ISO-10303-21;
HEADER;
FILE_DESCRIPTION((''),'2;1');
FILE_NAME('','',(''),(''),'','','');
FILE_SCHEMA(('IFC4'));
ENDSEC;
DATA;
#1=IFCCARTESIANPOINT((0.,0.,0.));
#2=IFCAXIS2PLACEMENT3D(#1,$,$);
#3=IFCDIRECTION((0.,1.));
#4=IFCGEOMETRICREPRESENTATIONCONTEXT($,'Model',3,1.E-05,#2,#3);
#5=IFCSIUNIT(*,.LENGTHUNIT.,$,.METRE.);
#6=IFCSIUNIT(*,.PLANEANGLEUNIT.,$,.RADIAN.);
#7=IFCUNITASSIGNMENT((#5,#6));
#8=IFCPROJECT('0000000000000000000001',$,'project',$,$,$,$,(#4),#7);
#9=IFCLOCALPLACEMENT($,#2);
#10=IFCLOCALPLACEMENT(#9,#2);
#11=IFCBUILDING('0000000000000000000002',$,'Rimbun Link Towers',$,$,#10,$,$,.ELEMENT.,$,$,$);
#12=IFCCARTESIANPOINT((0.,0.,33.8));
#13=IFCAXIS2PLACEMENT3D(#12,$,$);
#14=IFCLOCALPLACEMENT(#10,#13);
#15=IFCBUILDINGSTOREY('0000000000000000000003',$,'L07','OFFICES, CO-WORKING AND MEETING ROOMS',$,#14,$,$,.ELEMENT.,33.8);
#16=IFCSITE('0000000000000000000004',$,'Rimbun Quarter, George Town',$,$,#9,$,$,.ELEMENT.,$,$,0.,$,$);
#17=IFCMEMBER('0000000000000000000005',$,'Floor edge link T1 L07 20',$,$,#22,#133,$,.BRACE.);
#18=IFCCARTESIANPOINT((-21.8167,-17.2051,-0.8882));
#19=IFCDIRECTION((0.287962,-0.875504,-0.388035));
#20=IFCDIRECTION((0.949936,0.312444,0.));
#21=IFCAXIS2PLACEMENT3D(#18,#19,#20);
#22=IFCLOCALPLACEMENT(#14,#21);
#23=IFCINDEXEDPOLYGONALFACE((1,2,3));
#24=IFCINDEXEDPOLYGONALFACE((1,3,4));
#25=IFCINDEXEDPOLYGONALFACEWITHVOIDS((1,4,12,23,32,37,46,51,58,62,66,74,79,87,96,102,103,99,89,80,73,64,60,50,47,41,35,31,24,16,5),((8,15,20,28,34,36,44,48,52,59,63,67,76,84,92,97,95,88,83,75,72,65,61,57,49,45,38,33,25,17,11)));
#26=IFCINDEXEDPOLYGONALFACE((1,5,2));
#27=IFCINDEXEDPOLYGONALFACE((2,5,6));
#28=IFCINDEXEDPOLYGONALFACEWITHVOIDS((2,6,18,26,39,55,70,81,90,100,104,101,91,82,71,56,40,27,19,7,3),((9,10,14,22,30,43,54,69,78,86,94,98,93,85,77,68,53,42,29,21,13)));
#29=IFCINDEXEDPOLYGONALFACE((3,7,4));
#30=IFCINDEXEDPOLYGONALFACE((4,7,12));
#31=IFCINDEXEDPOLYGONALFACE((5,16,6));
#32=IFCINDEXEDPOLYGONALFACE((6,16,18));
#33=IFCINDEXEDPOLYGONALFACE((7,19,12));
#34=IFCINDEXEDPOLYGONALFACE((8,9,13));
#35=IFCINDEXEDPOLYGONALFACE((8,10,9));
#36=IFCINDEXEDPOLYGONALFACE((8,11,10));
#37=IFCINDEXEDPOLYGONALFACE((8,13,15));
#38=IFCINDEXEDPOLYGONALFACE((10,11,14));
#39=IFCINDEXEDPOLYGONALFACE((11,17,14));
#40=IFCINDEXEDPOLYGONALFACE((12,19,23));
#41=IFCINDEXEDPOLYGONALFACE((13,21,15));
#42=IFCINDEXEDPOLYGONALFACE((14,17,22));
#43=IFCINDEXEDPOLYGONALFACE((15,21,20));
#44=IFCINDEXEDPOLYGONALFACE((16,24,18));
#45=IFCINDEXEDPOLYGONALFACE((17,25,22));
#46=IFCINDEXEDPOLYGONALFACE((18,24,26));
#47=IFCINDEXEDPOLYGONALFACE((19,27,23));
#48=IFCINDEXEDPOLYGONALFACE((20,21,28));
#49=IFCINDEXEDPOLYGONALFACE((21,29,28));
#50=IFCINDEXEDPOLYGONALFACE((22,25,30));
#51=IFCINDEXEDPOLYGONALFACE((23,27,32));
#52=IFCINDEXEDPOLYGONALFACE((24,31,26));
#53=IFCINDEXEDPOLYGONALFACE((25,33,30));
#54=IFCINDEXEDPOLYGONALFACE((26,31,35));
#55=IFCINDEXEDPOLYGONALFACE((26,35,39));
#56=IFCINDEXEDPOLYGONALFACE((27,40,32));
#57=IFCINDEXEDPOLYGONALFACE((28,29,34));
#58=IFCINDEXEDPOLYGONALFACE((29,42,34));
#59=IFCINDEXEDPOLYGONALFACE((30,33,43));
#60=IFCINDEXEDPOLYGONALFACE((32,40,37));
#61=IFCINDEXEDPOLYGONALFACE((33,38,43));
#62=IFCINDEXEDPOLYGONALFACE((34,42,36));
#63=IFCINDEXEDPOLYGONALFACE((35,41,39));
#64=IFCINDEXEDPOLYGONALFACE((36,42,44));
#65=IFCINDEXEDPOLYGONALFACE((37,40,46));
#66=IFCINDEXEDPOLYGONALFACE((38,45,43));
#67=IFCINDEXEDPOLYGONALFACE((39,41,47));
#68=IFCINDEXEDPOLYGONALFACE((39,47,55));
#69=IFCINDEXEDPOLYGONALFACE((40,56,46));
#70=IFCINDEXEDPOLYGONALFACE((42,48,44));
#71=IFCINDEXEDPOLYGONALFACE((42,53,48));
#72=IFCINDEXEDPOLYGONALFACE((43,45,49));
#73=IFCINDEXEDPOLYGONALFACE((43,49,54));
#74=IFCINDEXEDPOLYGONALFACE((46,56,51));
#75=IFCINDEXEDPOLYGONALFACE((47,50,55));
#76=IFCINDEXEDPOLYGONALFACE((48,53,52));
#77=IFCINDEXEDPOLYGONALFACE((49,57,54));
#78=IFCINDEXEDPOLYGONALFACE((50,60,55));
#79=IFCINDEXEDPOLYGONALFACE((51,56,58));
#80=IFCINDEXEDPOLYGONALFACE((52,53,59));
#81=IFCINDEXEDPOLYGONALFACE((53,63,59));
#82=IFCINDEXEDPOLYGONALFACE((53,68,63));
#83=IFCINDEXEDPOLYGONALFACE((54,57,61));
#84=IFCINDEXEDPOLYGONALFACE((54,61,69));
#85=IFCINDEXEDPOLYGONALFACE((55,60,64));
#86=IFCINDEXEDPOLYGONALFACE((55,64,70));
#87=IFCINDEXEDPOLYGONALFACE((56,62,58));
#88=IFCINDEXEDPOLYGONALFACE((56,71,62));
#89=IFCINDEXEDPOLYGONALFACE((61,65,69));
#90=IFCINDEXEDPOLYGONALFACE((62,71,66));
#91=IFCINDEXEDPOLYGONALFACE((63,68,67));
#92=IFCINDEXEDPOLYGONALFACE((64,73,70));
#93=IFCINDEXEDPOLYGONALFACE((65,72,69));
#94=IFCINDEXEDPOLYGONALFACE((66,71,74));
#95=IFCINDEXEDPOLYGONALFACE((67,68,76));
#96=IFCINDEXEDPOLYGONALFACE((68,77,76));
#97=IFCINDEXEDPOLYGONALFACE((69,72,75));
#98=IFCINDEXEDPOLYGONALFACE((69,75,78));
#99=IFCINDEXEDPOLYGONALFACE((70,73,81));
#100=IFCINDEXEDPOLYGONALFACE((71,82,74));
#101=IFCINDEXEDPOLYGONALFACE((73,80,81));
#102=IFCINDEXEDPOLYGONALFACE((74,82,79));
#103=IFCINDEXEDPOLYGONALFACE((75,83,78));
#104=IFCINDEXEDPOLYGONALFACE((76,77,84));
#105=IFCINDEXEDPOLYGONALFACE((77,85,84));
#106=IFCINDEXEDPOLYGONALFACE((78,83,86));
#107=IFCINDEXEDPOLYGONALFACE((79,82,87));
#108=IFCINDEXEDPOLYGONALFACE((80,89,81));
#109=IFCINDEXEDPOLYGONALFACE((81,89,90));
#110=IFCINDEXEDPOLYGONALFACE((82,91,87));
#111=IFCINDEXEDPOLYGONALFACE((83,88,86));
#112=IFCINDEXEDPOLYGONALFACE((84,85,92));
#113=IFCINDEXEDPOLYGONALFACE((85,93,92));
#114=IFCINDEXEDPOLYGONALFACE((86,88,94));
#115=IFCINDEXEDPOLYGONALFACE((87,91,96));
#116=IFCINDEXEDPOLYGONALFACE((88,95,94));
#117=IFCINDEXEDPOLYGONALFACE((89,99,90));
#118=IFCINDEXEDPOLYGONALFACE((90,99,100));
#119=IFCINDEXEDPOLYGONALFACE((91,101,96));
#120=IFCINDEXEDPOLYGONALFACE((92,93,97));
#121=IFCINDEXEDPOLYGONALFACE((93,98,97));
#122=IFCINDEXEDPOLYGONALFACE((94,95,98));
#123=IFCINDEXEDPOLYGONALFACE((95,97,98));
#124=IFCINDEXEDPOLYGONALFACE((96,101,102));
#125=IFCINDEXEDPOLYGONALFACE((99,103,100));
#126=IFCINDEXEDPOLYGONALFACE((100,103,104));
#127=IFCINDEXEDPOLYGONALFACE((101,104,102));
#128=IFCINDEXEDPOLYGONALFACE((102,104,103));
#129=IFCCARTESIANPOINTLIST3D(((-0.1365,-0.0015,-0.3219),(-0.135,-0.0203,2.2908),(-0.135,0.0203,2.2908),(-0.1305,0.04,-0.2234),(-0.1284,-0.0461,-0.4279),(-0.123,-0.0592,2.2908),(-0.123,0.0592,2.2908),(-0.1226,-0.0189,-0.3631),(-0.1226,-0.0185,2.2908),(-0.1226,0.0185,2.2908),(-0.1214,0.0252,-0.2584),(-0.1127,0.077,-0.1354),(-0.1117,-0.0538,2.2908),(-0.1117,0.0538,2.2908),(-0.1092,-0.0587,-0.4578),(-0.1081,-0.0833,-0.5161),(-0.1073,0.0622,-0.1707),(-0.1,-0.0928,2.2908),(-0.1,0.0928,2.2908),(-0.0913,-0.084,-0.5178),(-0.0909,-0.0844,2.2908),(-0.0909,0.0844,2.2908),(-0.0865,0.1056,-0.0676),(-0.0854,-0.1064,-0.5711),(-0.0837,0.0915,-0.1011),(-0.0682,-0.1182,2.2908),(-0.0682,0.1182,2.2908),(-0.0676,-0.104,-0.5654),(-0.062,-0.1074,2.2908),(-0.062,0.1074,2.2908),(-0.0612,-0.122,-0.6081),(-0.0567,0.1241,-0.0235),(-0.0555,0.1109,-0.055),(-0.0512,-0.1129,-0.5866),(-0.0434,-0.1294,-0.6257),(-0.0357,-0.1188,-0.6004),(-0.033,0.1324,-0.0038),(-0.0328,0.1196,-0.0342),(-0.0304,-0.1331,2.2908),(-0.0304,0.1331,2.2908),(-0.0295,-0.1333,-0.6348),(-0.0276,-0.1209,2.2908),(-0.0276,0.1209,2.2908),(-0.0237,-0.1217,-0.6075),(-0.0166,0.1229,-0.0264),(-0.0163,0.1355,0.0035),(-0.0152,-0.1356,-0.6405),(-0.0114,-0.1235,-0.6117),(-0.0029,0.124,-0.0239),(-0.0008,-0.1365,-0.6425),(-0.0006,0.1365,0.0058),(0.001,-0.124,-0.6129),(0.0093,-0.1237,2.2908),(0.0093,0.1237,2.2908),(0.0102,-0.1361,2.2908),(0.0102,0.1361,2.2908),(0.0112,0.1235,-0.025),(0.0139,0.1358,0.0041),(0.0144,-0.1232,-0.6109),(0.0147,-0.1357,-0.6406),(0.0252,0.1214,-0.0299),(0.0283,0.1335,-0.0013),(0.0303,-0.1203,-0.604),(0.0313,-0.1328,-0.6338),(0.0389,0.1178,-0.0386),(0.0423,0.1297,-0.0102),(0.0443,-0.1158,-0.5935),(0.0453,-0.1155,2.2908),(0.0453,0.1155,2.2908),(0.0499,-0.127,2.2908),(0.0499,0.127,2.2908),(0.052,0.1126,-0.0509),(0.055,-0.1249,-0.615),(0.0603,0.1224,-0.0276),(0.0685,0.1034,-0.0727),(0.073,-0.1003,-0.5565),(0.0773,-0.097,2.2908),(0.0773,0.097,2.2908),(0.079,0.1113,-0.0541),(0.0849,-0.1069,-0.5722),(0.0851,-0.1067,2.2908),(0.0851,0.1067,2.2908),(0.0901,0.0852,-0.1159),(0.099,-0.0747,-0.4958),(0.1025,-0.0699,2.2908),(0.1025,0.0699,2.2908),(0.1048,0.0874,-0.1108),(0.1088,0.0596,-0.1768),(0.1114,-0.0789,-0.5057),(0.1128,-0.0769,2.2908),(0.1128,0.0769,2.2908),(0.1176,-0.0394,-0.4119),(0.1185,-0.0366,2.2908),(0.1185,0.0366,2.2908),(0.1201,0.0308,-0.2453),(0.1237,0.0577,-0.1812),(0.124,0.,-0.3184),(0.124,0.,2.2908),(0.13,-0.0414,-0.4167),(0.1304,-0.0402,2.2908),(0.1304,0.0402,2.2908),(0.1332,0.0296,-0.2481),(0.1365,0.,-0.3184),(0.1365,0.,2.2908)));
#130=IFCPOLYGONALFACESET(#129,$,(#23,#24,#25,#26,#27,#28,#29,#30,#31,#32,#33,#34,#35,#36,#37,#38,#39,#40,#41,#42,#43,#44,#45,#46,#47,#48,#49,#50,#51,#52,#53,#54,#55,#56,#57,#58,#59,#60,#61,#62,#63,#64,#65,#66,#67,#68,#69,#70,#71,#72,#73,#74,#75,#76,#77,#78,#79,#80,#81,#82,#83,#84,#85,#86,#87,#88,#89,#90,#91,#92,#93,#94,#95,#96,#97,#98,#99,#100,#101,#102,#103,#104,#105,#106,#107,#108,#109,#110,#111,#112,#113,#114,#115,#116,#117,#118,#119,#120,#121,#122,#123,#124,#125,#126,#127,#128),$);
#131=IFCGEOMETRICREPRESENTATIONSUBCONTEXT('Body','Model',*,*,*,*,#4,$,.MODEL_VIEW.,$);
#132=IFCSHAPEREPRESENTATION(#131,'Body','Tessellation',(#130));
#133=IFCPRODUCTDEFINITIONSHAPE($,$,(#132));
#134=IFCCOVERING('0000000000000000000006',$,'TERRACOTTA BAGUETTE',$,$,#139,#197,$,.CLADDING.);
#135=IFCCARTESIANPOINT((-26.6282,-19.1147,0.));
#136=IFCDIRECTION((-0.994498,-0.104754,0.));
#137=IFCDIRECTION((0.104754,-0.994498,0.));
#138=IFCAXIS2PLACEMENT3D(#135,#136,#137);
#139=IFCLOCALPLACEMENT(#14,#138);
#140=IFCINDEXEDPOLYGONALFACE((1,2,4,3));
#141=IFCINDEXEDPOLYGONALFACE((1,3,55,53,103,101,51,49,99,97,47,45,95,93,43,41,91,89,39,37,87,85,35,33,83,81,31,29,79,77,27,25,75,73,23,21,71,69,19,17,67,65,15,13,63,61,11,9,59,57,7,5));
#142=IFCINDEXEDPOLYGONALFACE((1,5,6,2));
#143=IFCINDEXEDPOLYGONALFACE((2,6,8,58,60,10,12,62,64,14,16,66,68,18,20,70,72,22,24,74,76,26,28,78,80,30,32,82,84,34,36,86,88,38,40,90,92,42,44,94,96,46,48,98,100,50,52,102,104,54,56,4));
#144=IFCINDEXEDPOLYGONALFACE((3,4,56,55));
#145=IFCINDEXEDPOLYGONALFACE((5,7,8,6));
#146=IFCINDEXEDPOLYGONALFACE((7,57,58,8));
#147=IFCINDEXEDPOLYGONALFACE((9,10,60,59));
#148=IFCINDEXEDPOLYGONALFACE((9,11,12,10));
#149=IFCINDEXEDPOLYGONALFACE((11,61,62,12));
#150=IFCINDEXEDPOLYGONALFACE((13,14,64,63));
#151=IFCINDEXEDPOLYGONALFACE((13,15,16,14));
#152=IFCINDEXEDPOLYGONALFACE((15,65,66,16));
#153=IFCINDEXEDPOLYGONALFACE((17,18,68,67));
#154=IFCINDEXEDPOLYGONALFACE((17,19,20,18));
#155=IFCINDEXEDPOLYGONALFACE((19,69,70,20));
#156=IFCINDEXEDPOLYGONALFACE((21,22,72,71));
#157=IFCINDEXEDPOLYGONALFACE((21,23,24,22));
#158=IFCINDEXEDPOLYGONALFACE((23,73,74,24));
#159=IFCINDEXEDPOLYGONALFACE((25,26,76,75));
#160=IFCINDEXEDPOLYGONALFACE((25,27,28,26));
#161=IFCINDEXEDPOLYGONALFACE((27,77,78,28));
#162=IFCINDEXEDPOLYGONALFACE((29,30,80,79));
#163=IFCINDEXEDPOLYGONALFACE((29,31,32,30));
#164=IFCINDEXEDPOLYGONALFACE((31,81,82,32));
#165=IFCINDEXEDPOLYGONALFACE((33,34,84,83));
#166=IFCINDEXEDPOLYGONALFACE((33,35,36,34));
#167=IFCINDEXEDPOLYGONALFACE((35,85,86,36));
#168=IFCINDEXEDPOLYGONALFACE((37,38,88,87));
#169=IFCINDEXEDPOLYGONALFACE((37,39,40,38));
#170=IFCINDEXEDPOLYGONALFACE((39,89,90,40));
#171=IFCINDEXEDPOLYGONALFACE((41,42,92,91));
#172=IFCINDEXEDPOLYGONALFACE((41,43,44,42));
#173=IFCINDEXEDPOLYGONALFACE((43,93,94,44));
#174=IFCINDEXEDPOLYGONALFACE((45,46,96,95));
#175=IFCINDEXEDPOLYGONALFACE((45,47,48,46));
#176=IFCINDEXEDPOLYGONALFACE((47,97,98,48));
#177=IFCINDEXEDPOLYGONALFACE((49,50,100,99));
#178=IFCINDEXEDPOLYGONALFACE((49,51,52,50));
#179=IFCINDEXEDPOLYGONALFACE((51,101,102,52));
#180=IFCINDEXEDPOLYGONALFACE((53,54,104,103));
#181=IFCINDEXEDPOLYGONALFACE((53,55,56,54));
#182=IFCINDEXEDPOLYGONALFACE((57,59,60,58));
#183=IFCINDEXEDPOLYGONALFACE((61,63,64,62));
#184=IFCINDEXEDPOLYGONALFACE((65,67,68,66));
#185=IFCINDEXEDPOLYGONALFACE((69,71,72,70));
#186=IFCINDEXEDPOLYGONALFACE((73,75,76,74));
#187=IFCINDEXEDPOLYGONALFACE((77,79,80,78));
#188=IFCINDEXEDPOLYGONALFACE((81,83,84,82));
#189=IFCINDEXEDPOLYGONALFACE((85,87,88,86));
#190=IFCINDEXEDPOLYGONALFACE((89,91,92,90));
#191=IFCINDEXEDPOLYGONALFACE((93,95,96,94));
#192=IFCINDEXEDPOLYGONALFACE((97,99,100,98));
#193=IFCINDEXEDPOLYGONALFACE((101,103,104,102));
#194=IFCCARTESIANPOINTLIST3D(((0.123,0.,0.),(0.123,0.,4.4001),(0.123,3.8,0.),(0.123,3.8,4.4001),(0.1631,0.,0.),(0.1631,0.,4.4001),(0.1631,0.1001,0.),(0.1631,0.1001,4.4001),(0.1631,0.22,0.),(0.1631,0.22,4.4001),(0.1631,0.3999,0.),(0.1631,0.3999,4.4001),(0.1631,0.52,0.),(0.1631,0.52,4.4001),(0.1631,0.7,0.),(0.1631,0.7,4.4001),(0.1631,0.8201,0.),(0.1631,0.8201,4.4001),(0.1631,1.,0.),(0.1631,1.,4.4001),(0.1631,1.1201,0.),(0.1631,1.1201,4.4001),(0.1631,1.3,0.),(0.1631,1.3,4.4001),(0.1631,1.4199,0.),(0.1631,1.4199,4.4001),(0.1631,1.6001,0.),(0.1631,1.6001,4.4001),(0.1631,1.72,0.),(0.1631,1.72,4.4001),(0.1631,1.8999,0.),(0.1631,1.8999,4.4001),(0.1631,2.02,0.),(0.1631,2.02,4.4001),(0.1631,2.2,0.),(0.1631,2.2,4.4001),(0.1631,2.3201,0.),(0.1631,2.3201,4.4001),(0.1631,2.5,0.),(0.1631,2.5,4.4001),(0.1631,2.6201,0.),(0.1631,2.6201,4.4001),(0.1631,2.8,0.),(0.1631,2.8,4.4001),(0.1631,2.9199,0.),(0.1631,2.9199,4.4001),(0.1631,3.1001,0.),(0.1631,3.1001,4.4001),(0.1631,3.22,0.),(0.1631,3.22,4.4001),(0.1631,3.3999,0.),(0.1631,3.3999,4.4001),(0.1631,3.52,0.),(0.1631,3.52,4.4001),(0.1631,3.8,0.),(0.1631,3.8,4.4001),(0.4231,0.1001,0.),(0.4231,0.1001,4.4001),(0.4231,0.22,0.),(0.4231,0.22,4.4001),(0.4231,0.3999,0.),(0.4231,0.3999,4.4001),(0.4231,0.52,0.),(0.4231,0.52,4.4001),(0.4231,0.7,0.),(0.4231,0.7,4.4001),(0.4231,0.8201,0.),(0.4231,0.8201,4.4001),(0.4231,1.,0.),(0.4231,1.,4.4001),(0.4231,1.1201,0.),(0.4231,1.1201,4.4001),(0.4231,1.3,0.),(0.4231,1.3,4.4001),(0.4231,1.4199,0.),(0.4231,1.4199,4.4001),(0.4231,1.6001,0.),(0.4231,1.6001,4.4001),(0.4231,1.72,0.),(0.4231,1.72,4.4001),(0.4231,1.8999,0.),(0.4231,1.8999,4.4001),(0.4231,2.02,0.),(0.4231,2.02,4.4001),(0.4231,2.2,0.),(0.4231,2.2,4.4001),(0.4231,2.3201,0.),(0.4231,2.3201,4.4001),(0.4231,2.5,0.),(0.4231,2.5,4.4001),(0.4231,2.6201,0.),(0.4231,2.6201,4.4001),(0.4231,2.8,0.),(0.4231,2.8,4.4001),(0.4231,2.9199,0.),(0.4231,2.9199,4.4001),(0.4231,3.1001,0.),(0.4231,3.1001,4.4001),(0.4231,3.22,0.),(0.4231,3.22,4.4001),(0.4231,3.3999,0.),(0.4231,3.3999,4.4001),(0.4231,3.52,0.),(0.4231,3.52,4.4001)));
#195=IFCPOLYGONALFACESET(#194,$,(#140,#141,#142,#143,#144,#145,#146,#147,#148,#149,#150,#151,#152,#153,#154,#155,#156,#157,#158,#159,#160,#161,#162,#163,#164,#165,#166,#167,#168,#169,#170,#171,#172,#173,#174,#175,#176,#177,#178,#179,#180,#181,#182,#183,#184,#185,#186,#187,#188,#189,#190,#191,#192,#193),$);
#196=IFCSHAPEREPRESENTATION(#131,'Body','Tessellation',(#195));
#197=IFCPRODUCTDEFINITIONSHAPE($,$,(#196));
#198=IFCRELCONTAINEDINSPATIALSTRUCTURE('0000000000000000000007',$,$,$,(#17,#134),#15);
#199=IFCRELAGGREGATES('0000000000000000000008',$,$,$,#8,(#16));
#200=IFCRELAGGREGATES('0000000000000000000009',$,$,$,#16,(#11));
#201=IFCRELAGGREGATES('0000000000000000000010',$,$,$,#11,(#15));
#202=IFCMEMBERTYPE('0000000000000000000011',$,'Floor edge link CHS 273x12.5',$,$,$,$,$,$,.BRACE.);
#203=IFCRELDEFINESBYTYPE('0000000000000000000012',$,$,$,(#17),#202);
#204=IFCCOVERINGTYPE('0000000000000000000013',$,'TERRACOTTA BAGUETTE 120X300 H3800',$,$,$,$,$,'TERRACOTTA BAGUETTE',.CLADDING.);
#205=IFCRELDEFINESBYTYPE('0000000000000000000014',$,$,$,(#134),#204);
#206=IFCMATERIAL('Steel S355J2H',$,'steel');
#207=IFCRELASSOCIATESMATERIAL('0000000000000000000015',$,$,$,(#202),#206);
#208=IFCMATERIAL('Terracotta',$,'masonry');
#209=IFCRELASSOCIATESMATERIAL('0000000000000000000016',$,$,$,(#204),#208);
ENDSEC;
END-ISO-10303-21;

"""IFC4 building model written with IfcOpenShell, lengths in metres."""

from ifc_helpers import new_model, si_unit, direction, frame, origin, origin_2d, place, context, subcontext, project, spatial, polyline, hollow_circle, outline, extrude, clip, halfspace, material, material_profile, profile_set, type_object, element, save


model = new_model("IFC4")

# Units and contexts
model_context = context("Model", 3, precision=1e-05, world=origin(), true_north=direction((0.0, 1.0)))
body_context = subcontext(model_context, "Body", "Model", "MODEL_VIEW")
ifc_project = project(units=[si_unit("LENGTHUNIT", "METRE"), si_unit("PLANEANGLEUNIT", "RADIAN")], contexts=[model_context])

# Site, building, storey
site_placement = place(None, origin())
site = spatial("IfcSite", under=ifc_project, at=site_placement, Name="Rimbun Quarter, George Town", CompositionType="ELEMENT", RefElevation=0.0)
building_placement = place(site_placement, origin())
building = spatial("IfcBuilding", under=site, at=building_placement, Name="Rimbun Link Towers", CompositionType="ELEMENT")
storey_placement = place(building_placement, frame((0.0, 0.0, 33.8)))
storey = spatial("IfcBuildingStorey", under=building, at=storey_placement, Name="L07", Description="OFFICES, CO-WORKING AND MEETING ROOMS", CompositionType="ELEMENT", Elevation=33.8)

# Member
ifc_material_1 = material(Name="Steel S355J2H", Category="steel")
ifc_material_profile_1 = material_profile(ifc_material_1, hollow_circle(Radius=0.1365, WallThickness=0.0125, at=origin_2d()), Name="CHS 273x12.5")
ifc_profile_set_1 = profile_set([ifc_material_profile_1], Name="Steel S355J2H")
member_type_1 = type_object("IfcMemberType", Name="Floor edge link CHS 273x12.5", PredefinedType="BRACE", material=ifc_profile_set_1)
member_1_placement = place(storey_placement, frame((-21.8167, -17.2051, -0.8882), z_axis=(0.287962, -0.875504, -0.388035), x_axis=(0.949936, 0.312444, 0.0)))
element("IfcMember", 1, at=member_1_placement, inside=storey, type_object=member_type_1, Name="Floor edge link T1 L07 20", PredefinedType="BRACE", context=body_context, shape_type="Clipping", body=[
    clip(extrude(hollow_circle(Radius=0.1365, WallThickness=0.0125, at=origin_2d()), frame((0.0, 0.0, -0.6741)), (0.0, 0.0, 1.0), 2.9648), halfspace(frame((0.0, 0.0, -0.3184), z_axis=(0.0, 0.921645, -0.388035)), False)),
])

# Covering
ifc_material_2 = material(Name="Terracotta", Category="masonry")
ifc_material_profile_2 = material_profile(ifc_material_2, outline(polyline([(0.123, 0.0), (0.1631, 0.0), (0.1631, 0.1001), (0.4231, 0.1001), (0.4231, 0.22), (0.1631, 0.22), (0.1631, 0.3999), (0.4231, 0.3999), (0.4231, 0.52), (0.1631, 0.52), (0.1631, 0.7), (0.4231, 0.7), (0.4231, 0.8201), (0.1631, 0.8201), (0.1631, 1.0), (0.4231, 1.0), (0.4231, 1.1201), (0.1631, 1.1201), (0.1631, 1.3), (0.4231, 1.3), (0.4231, 1.4199), (0.1631, 1.4199), (0.1631, 1.6001), (0.4231, 1.6001), (0.4231, 1.72), (0.1631, 1.72), (0.1631, 1.8999), (0.4231, 1.8999), (0.4231, 2.02), (0.1631, 2.02), (0.1631, 2.2), (0.4231, 2.2), (0.4231, 2.3201), (0.1631, 2.3201), (0.1631, 2.5), (0.4231, 2.5), (0.4231, 2.6201), (0.1631, 2.6201), (0.1631, 2.8), (0.4231, 2.8), (0.4231, 2.9199), (0.1631, 2.9199), (0.1631, 3.1001), (0.4231, 3.1001), (0.4231, 3.22), (0.1631, 3.22), (0.1631, 3.3999), (0.4231, 3.3999), (0.4231, 3.52), (0.1631, 3.52), (0.1631, 3.8), (0.123, 3.8), (0.123, 0.0)])), Name="BAGUETTE 120X300")
ifc_profile_set_2 = profile_set([ifc_material_profile_2], Name="Terracotta")
covering_type = type_object("IfcCoveringType", Name="TERRACOTTA BAGUETTE 120X300 H3800", ElementType="TERRACOTTA BAGUETTE", PredefinedType="CLADDING", material=ifc_profile_set_2)
covering_1_placement = place(storey_placement, frame((-26.6282, -19.1147, 0.0), z_axis=(-0.994498, -0.104754, 0.0), x_axis=(0.104754, -0.994498, 0.0)))
element("IfcCovering", 2, at=covering_1_placement, inside=storey, type_object=covering_type, Name="TERRACOTTA BAGUETTE", PredefinedType="CLADDING", context=body_context, shape_type="SweptSolid", body=[
    extrude(outline(polyline([(0.123, 0.0), (0.1631, 0.0), (0.1631, 0.1001), (0.4231, 0.1001), (0.4231, 0.22), (0.1631, 0.22), (0.1631, 0.3999), (0.4231, 0.3999), (0.4231, 0.52), (0.1631, 0.52), (0.1631, 0.7), (0.4231, 0.7), (0.4231, 0.8201), (0.1631, 0.8201), (0.1631, 1.0), (0.4231, 1.0), (0.4231, 1.1201), (0.1631, 1.1201), (0.1631, 1.3), (0.4231, 1.3), (0.4231, 1.4199), (0.1631, 1.4199), (0.1631, 1.6001), (0.4231, 1.6001), (0.4231, 1.72), (0.1631, 1.72), (0.1631, 1.8999), (0.4231, 1.8999), (0.4231, 2.02), (0.1631, 2.02), (0.1631, 2.2), (0.4231, 2.2), (0.4231, 2.3201), (0.1631, 2.3201), (0.1631, 2.5), (0.4231, 2.5), (0.4231, 2.6201), (0.1631, 2.6201), (0.1631, 2.8), (0.4231, 2.8), (0.4231, 2.9199), (0.1631, 2.9199), (0.1631, 3.1001), (0.4231, 3.1001), (0.4231, 3.22), (0.1631, 3.22), (0.1631, 3.3999), (0.4231, 3.3999), (0.4231, 3.52), (0.1631, 3.52), (0.1631, 3.8), (0.123, 3.8), (0.123, 0.0)])), origin(), (0.0, 0.0, 1.0), 4.4001),
])

save(model, "model.ifc")
